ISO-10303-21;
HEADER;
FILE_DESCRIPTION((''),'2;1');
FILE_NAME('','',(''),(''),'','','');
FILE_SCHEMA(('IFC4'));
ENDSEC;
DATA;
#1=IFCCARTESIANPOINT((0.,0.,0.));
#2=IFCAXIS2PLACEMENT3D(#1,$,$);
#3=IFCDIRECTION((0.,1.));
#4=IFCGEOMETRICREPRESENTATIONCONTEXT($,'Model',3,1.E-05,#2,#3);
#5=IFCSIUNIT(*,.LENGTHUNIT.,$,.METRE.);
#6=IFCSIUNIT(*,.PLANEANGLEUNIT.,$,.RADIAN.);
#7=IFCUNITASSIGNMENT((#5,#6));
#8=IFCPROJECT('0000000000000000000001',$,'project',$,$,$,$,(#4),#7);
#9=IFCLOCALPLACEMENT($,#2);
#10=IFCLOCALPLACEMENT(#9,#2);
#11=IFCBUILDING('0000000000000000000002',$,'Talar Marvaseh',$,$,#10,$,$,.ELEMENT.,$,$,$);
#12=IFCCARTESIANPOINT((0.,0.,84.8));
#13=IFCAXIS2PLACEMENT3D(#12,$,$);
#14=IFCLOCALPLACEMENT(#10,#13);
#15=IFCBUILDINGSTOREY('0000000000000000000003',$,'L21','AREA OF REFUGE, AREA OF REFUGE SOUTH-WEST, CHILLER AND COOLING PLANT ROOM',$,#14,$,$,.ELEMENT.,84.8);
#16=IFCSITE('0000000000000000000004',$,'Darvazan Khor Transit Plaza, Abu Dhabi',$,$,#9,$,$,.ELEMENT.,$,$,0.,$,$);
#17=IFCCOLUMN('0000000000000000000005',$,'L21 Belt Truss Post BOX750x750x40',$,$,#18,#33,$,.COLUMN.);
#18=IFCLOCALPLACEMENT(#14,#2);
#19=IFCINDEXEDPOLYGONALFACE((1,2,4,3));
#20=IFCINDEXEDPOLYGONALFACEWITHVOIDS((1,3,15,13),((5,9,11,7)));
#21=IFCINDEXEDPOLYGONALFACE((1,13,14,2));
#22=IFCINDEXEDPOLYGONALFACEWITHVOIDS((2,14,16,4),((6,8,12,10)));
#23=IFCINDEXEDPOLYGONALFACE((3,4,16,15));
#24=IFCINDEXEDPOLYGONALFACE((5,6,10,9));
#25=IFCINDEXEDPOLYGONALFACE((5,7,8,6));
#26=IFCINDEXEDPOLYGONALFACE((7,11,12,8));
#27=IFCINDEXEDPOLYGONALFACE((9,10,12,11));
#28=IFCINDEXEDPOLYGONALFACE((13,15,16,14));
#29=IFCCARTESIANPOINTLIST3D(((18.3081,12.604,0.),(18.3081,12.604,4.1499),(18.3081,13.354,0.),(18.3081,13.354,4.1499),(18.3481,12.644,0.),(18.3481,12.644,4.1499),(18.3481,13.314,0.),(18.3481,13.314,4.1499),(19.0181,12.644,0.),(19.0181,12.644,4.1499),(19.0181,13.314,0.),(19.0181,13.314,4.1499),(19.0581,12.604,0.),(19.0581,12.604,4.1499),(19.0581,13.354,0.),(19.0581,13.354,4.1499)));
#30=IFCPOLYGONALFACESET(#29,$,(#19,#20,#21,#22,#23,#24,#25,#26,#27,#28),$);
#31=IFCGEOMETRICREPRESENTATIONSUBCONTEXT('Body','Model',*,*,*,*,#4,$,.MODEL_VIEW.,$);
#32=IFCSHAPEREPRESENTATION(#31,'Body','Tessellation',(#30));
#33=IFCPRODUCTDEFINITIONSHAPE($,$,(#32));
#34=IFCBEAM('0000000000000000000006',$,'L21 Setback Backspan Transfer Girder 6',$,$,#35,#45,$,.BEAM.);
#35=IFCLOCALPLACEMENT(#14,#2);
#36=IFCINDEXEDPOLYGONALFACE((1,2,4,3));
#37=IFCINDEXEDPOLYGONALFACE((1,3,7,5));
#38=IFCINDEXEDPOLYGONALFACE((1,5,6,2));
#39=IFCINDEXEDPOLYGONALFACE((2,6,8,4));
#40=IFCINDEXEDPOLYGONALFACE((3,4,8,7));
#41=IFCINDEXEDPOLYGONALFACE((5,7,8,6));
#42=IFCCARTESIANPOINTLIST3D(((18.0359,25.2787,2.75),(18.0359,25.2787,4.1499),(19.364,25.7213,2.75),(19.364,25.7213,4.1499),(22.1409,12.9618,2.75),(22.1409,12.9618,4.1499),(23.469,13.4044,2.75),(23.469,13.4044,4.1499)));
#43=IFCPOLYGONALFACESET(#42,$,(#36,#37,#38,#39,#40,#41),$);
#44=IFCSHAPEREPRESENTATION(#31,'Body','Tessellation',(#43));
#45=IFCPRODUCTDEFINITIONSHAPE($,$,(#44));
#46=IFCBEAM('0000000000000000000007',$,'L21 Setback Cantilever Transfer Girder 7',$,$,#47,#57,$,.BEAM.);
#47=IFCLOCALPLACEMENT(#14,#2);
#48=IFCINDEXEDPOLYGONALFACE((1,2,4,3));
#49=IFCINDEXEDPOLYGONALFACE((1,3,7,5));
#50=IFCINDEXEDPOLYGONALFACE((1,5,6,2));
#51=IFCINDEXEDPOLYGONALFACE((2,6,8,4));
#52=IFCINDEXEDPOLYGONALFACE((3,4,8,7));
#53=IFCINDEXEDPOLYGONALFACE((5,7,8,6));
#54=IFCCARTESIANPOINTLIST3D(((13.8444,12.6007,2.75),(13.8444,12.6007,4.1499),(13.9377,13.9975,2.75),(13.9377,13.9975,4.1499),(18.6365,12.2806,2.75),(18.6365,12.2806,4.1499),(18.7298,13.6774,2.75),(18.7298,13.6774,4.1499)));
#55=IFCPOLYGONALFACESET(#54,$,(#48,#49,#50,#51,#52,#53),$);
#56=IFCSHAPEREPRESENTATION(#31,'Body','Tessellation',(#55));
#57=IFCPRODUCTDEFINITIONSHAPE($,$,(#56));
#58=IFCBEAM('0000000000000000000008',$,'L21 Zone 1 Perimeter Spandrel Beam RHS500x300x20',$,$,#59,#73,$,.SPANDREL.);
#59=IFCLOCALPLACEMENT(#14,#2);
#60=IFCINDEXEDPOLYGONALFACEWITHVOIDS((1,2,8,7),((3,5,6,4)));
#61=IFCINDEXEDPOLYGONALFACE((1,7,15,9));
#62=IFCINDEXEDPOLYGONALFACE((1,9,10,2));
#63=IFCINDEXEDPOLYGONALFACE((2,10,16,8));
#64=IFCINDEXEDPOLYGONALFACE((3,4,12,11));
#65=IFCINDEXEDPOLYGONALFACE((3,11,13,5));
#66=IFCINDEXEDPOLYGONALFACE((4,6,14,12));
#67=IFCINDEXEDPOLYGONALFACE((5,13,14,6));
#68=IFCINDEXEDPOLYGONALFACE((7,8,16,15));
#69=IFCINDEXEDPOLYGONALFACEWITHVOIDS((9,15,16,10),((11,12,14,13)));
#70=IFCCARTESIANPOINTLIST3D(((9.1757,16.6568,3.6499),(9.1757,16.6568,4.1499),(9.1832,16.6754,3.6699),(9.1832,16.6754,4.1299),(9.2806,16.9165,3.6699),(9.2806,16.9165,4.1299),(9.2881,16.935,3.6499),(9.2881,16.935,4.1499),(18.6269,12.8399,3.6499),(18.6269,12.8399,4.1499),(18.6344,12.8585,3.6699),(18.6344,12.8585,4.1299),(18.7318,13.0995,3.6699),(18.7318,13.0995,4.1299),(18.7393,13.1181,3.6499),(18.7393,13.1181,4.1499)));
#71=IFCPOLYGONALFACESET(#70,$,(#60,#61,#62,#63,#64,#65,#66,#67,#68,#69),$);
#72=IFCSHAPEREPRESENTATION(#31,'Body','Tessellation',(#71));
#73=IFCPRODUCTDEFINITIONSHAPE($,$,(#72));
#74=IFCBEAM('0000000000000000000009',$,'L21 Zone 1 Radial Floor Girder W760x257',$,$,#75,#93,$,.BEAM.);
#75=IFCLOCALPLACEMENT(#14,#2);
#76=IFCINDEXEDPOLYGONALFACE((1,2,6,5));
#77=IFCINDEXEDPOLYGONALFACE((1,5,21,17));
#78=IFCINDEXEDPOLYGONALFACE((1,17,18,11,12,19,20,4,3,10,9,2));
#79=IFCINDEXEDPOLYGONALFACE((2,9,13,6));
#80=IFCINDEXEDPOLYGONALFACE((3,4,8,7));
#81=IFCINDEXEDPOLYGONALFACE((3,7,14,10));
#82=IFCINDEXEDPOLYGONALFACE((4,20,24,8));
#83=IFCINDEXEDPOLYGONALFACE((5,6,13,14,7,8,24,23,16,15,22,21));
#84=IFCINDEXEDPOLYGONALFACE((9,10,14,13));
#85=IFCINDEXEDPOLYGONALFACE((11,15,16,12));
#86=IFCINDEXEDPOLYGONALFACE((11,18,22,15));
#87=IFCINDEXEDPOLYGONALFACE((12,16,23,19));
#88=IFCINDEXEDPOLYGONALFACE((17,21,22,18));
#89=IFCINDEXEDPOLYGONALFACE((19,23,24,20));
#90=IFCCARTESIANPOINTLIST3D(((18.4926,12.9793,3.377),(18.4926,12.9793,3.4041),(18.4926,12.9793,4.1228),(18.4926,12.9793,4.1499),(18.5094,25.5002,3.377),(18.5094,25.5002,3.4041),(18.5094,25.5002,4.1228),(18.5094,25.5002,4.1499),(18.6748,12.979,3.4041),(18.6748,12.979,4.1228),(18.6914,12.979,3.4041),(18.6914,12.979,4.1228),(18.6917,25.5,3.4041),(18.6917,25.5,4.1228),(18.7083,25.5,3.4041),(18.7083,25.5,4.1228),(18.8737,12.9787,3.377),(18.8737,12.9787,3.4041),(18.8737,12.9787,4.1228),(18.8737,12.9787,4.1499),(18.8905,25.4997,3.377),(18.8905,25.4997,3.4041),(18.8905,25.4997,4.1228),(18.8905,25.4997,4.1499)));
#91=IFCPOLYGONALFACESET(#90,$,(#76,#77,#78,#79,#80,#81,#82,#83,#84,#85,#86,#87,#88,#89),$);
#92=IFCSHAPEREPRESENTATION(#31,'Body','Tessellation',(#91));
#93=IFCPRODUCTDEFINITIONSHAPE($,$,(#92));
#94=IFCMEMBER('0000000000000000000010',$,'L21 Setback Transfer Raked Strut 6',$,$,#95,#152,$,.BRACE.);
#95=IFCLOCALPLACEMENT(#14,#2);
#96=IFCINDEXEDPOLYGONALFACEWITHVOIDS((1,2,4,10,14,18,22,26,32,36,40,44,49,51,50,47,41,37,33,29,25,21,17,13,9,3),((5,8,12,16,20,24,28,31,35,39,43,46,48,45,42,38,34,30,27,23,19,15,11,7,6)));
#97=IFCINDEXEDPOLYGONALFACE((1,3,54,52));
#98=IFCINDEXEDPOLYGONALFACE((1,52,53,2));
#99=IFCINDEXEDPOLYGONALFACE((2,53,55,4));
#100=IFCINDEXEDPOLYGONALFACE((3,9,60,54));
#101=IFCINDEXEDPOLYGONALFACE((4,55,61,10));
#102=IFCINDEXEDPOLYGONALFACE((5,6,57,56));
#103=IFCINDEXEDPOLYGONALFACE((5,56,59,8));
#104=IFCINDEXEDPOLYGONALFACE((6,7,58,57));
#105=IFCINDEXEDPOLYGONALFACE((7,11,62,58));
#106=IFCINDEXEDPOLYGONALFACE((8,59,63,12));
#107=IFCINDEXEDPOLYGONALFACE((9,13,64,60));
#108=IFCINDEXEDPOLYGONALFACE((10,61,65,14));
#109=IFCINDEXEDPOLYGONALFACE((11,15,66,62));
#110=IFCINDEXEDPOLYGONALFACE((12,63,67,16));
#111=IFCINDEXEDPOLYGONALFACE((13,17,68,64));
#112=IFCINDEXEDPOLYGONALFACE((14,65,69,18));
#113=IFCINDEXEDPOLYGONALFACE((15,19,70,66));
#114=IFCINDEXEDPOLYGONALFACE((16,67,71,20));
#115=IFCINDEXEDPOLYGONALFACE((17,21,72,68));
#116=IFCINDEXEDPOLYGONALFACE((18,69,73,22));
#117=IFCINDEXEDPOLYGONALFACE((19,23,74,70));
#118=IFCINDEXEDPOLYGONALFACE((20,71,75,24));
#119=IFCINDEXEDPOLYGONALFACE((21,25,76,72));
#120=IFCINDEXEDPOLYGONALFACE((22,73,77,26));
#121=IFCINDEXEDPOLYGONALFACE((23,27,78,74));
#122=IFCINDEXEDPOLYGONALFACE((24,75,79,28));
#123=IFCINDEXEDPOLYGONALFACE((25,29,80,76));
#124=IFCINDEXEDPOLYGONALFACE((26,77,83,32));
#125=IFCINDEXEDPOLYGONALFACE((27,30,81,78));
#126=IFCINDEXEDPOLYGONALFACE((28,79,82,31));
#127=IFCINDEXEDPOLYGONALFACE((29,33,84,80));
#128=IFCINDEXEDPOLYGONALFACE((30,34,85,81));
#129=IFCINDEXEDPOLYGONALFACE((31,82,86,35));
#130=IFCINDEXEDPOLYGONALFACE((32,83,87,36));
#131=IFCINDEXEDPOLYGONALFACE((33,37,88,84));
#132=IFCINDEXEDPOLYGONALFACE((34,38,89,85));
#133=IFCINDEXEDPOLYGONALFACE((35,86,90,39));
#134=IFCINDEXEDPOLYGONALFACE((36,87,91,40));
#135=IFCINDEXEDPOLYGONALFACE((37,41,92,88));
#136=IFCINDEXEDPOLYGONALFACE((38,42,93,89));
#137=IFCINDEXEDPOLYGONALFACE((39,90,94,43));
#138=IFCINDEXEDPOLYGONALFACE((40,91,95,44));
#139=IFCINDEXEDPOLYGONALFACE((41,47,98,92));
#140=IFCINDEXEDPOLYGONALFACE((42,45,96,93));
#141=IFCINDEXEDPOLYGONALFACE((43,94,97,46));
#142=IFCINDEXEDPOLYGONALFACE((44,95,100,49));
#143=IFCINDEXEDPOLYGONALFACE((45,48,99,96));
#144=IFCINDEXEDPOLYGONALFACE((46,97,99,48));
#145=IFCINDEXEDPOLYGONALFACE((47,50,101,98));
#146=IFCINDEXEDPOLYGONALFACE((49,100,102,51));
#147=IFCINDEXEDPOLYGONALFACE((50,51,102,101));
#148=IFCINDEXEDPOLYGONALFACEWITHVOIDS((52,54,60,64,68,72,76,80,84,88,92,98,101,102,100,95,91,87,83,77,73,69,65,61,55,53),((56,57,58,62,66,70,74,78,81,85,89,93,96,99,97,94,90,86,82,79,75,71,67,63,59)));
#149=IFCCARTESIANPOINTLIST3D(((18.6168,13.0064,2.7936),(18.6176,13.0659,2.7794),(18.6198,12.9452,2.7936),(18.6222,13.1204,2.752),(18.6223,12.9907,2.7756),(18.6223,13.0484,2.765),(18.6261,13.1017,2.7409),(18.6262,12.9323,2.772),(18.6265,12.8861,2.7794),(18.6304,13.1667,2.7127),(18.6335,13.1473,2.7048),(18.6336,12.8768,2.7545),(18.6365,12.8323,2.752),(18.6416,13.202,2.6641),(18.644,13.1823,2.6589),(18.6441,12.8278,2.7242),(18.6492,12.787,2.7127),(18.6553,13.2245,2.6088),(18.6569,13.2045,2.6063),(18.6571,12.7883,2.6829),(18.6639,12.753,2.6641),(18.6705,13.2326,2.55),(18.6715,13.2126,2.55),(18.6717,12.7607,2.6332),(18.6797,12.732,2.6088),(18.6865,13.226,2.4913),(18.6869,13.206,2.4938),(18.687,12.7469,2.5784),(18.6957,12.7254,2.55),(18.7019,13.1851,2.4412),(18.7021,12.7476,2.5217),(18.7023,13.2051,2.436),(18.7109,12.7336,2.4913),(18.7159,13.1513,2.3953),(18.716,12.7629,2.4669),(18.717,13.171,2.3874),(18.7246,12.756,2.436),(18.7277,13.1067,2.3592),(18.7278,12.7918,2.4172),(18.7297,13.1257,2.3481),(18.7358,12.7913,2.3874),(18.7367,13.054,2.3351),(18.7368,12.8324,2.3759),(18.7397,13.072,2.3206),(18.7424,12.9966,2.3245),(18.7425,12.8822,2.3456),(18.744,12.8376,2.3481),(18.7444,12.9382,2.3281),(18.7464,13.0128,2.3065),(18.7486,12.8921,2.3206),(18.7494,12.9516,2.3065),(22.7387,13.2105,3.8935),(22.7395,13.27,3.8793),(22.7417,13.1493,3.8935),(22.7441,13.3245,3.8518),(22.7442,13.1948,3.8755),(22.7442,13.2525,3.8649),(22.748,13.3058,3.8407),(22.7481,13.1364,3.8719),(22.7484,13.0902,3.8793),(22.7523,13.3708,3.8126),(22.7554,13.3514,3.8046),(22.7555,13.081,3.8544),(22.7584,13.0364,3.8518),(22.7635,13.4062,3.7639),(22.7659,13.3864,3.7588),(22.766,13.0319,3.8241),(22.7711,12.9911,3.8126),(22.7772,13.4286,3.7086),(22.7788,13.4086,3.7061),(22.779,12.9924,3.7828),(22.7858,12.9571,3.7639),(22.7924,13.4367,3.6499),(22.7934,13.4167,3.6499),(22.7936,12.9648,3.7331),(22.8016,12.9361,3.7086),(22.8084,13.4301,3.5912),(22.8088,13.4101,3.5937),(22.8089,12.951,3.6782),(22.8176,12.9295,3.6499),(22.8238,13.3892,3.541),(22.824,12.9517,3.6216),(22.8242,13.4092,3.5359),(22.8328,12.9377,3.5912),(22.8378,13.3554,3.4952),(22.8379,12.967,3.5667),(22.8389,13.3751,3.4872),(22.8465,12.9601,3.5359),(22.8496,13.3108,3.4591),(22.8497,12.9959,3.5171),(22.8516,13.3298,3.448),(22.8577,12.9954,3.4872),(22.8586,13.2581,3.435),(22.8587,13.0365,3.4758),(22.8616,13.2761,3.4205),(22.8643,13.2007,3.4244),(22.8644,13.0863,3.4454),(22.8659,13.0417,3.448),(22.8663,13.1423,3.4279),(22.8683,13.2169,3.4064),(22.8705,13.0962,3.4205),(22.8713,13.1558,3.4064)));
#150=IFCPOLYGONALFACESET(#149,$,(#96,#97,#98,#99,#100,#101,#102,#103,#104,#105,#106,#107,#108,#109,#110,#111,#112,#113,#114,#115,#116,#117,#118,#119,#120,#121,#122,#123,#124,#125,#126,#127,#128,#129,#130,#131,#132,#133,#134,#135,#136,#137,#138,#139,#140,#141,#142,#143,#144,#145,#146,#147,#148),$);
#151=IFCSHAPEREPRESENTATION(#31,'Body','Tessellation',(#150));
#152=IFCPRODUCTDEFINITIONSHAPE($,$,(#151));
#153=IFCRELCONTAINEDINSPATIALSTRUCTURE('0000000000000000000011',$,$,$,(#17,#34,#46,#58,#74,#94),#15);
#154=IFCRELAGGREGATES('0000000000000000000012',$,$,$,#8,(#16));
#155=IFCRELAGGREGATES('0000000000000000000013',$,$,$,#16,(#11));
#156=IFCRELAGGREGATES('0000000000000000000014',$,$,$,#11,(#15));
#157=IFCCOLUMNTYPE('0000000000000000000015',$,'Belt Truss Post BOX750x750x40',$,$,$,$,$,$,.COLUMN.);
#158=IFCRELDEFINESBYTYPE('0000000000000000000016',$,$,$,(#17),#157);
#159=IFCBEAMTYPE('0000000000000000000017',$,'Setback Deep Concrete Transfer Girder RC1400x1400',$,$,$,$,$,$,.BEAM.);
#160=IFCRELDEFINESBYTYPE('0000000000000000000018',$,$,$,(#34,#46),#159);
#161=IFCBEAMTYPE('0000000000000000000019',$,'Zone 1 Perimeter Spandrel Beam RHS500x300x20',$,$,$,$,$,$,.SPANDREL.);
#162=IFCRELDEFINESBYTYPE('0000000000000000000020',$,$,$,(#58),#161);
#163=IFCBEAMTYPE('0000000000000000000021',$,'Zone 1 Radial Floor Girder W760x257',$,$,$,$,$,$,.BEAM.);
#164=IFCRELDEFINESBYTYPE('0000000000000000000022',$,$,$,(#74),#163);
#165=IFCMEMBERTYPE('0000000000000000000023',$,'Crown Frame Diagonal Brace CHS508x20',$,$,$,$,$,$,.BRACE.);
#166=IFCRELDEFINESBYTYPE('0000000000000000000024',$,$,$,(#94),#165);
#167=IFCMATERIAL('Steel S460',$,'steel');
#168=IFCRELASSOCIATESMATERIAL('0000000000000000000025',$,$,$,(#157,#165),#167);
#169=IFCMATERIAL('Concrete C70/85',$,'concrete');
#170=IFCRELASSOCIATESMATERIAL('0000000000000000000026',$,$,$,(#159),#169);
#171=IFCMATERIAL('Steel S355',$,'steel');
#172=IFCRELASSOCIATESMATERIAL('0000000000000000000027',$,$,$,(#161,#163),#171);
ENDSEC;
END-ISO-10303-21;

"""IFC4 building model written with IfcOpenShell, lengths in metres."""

from ifc_helpers import new_model, si_unit, direction, frame, origin, origin_2d, place, context, subcontext, project, spatial, rectangle, hollow_rectangle, hollow_circle, i_section, extrude, source, transform, mapped, material, material_profile, profile_set, type_object, element, save


model = new_model("IFC4")

# Units and contexts
model_context = context("Model", 3, precision=1e-05, world=origin(), true_north=direction((0.0, 1.0)))
body_context = subcontext(model_context, "Body", "Model", "MODEL_VIEW")
ifc_project = project(units=[si_unit("LENGTHUNIT", "METRE"), si_unit("PLANEANGLEUNIT", "RADIAN")], contexts=[model_context])

# Site, building, storey
site_placement = place(None, origin())
site = spatial("IfcSite", under=ifc_project, at=site_placement, Name="Darvazan Khor Transit Plaza, Abu Dhabi", CompositionType="ELEMENT", RefElevation=0.0)
building_placement = place(site_placement, origin())
building = spatial("IfcBuilding", under=site, at=building_placement, Name="Talar Marvaseh", CompositionType="ELEMENT")
storey_placement = place(building_placement, frame((0.0, 0.0, 84.8)))
storey = spatial("IfcBuildingStorey", under=building, at=storey_placement, Name="L21", Description="AREA OF REFUGE, AREA OF REFUGE SOUTH-WEST, CHILLER AND COOLING PLANT ROOM", CompositionType="ELEMENT", Elevation=84.8)

# Column
ifc_material_1 = material(Name="Steel S460", Category="steel")
ifc_material_profile_1 = material_profile(ifc_material_1, hollow_rectangle(XDim=0.75, YDim=0.75, WallThickness=0.04, at=origin_2d()), Name="BOX750x750x40")
ifc_profile_set_1 = profile_set([ifc_material_profile_1], Name="Steel S460")
column_type = type_object("IfcColumnType", Name="Belt Truss Post BOX750x750x40", PredefinedType="COLUMN", material=ifc_profile_set_1)
column_placement = place(storey_placement, frame((18.6831, 12.979, 0.0), z_axis=(0.0, 0.0, 1.0), x_axis=(1.0, 0.0, 0.0)))
element("IfcColumn", 1, at=column_placement, inside=storey, type_object=column_type, Name="L21 Belt Truss Post BOX750x750x40", PredefinedType="COLUMN", context=body_context, shape_type="SweptSolid", body=[
    extrude(hollow_rectangle(XDim=0.75, YDim=0.75, WallThickness=0.04, at=origin_2d()), origin(), (0.0, 0.0, 1.0), 4.1499),
])

# Beams
ifc_material_2 = material(Name="Concrete C70/85", Category="concrete")
ifc_material_profile_2 = material_profile(ifc_material_2, rectangle(XDim=1.3999, YDim=1.3999, at=origin_2d()), Name="RC1400x1400")
ifc_profile_set_2 = profile_set([ifc_material_profile_2], Name="Concrete C70/85")
beam_type_1 = type_object("IfcBeamType", Name="Setback Deep Concrete Transfer Girder RC1400x1400", PredefinedType="BEAM", material=ifc_profile_set_2)
beam_1_placement = place(storey_placement, frame((22.8049, 13.1831, 3.45), z_axis=(-0.316183, 0.948698, 0.0), x_axis=(-0.948698, -0.316183, 0.0)))
element("IfcBeam", 2, at=beam_1_placement, inside=storey, type_object=beam_type_1, Name="L21 Setback Backspan Transfer Girder 6", PredefinedType="BEAM", context=body_context, shape_type="SweptSolid", body=[
    extrude(rectangle(XDim=1.3999, YDim=1.3999, at=origin_2d()), origin(), (0.0, 0.0, 1.0), 12.9829),
])
beam_2_placement = place(storey_placement, frame((18.6831, 12.979, 3.45), z_axis=(-0.997777, 0.066644, 0.0), x_axis=(-0.066644, -0.997777, 0.0)))
element("IfcBeam", 3, at=beam_2_placement, inside=storey, type_object=beam_type_1, Name="L21 Setback Cantilever Transfer Girder 7", PredefinedType="BEAM", context=body_context, shape_type="SweptSolid", body=[
    extrude(rectangle(XDim=1.3999, YDim=1.3999, at=origin_2d()), origin(), (0.0, 0.0, 1.0), 4.8027),
])
ifc_material_3 = material(Name="Steel S355", Category="steel")
ifc_material_profile_3 = material_profile(ifc_material_3, hollow_rectangle(XDim=0.3, YDim=0.5, WallThickness=0.02, at=origin_2d()), Name="RHS500x300x20")
ifc_profile_set_3 = profile_set([ifc_material_profile_3], Name="Steel S355")
beam_type_2 = type_object("IfcBeamType", Name="Zone 1 Perimeter Spandrel Beam RHS500x300x20", PredefinedType="SPANDREL", material=ifc_profile_set_3)
beam_3_placement = place(storey_placement, frame((18.6831, 12.979, 3.8999), z_axis=(-0.927239, 0.374469, 0.0), x_axis=(-0.374469, -0.927239, 0.0)))
element("IfcBeam", 4, at=beam_3_placement, inside=storey, type_object=beam_type_2, Name="L21 Zone 1 Perimeter Spandrel Beam RHS500x300x20", PredefinedType="SPANDREL", context=body_context, shape_type="SweptSolid", body=[
    extrude(hollow_rectangle(XDim=0.3, YDim=0.5, WallThickness=0.02, at=origin_2d()), origin(), (0.0, 0.0, 1.0), 10.1929),
])
ifc_material_profile_4 = material_profile(ifc_material_3, i_section(OverallWidth=0.3811, OverallDepth=0.7729, WebThickness=0.0166, FlangeThickness=0.0271, at=origin_2d()), Name="W760x257")
ifc_profile_set_4 = profile_set([ifc_material_profile_4], Name="Steel S355")
beam_type_3 = type_object("IfcBeamType", Name="Zone 1 Radial Floor Girder W760x257", PredefinedType="BEAM", material=ifc_profile_set_4)
beam_4_placement = place(storey_placement, frame((18.6831, 12.979, 3.7634), z_axis=(0.001345, 0.999999, 0.0), x_axis=(-0.999999, 0.001345, 0.0)))
element("IfcBeam", 5, at=beam_4_placement, inside=storey, type_object=beam_type_3, Name="L21 Zone 1 Radial Floor Girder W760x257", PredefinedType="BEAM", context=body_context, shape_type="SweptSolid", body=[
    extrude(i_section(OverallWidth=0.3811, OverallDepth=0.7729, WebThickness=0.0166, FlangeThickness=0.0271, at=origin_2d()), origin(), (0.0, 0.0, 1.0), 12.521),
])

# Member
ifc_material_profile_5 = material_profile(ifc_material_1, hollow_circle(Radius=0.2539, WallThickness=0.02, at=origin_2d()), Name="CHS508x20")
ifc_profile_set_5 = profile_set([ifc_material_profile_5], Name="Steel S460")
member_type_1 = type_object("IfcMemberType", Name="Crown Frame Diagonal Brace CHS508x20", PredefinedType="BRACE", material=ifc_profile_set_5)
shared_shape_1 = source(origin(), body_context, "Body", "SweptSolid", [
    extrude(hollow_circle(Radius=0.2539, WallThickness=0.02, at=origin_2d()), origin(), (0.0, 0.0, 1.0), 4.271),
])
member_1_placement = place(storey_placement, frame((18.6831, 12.979, 2.55), z_axis=(0.96509, 0.047789, 0.257521), x_axis=(-0.049457, 0.998776, 0.0)))
element("IfcMember", 6, at=member_1_placement, inside=storey, type_object=member_type_1, Name="L21 Setback Transfer Raked Strut 6", PredefinedType="BRACE", context=body_context, shape_type="MappedRepresentation", body=[
    mapped(shared_shape_1, transform((0.0, 0.0, 0.0), x_axis=(1.0, 0.0, 0.0), y_axis=(0.0, 1.0, 0.0), z_axis=(0.0, 0.0, 1.0), scale=1.0)),
])

save(model, "model.ifc")
